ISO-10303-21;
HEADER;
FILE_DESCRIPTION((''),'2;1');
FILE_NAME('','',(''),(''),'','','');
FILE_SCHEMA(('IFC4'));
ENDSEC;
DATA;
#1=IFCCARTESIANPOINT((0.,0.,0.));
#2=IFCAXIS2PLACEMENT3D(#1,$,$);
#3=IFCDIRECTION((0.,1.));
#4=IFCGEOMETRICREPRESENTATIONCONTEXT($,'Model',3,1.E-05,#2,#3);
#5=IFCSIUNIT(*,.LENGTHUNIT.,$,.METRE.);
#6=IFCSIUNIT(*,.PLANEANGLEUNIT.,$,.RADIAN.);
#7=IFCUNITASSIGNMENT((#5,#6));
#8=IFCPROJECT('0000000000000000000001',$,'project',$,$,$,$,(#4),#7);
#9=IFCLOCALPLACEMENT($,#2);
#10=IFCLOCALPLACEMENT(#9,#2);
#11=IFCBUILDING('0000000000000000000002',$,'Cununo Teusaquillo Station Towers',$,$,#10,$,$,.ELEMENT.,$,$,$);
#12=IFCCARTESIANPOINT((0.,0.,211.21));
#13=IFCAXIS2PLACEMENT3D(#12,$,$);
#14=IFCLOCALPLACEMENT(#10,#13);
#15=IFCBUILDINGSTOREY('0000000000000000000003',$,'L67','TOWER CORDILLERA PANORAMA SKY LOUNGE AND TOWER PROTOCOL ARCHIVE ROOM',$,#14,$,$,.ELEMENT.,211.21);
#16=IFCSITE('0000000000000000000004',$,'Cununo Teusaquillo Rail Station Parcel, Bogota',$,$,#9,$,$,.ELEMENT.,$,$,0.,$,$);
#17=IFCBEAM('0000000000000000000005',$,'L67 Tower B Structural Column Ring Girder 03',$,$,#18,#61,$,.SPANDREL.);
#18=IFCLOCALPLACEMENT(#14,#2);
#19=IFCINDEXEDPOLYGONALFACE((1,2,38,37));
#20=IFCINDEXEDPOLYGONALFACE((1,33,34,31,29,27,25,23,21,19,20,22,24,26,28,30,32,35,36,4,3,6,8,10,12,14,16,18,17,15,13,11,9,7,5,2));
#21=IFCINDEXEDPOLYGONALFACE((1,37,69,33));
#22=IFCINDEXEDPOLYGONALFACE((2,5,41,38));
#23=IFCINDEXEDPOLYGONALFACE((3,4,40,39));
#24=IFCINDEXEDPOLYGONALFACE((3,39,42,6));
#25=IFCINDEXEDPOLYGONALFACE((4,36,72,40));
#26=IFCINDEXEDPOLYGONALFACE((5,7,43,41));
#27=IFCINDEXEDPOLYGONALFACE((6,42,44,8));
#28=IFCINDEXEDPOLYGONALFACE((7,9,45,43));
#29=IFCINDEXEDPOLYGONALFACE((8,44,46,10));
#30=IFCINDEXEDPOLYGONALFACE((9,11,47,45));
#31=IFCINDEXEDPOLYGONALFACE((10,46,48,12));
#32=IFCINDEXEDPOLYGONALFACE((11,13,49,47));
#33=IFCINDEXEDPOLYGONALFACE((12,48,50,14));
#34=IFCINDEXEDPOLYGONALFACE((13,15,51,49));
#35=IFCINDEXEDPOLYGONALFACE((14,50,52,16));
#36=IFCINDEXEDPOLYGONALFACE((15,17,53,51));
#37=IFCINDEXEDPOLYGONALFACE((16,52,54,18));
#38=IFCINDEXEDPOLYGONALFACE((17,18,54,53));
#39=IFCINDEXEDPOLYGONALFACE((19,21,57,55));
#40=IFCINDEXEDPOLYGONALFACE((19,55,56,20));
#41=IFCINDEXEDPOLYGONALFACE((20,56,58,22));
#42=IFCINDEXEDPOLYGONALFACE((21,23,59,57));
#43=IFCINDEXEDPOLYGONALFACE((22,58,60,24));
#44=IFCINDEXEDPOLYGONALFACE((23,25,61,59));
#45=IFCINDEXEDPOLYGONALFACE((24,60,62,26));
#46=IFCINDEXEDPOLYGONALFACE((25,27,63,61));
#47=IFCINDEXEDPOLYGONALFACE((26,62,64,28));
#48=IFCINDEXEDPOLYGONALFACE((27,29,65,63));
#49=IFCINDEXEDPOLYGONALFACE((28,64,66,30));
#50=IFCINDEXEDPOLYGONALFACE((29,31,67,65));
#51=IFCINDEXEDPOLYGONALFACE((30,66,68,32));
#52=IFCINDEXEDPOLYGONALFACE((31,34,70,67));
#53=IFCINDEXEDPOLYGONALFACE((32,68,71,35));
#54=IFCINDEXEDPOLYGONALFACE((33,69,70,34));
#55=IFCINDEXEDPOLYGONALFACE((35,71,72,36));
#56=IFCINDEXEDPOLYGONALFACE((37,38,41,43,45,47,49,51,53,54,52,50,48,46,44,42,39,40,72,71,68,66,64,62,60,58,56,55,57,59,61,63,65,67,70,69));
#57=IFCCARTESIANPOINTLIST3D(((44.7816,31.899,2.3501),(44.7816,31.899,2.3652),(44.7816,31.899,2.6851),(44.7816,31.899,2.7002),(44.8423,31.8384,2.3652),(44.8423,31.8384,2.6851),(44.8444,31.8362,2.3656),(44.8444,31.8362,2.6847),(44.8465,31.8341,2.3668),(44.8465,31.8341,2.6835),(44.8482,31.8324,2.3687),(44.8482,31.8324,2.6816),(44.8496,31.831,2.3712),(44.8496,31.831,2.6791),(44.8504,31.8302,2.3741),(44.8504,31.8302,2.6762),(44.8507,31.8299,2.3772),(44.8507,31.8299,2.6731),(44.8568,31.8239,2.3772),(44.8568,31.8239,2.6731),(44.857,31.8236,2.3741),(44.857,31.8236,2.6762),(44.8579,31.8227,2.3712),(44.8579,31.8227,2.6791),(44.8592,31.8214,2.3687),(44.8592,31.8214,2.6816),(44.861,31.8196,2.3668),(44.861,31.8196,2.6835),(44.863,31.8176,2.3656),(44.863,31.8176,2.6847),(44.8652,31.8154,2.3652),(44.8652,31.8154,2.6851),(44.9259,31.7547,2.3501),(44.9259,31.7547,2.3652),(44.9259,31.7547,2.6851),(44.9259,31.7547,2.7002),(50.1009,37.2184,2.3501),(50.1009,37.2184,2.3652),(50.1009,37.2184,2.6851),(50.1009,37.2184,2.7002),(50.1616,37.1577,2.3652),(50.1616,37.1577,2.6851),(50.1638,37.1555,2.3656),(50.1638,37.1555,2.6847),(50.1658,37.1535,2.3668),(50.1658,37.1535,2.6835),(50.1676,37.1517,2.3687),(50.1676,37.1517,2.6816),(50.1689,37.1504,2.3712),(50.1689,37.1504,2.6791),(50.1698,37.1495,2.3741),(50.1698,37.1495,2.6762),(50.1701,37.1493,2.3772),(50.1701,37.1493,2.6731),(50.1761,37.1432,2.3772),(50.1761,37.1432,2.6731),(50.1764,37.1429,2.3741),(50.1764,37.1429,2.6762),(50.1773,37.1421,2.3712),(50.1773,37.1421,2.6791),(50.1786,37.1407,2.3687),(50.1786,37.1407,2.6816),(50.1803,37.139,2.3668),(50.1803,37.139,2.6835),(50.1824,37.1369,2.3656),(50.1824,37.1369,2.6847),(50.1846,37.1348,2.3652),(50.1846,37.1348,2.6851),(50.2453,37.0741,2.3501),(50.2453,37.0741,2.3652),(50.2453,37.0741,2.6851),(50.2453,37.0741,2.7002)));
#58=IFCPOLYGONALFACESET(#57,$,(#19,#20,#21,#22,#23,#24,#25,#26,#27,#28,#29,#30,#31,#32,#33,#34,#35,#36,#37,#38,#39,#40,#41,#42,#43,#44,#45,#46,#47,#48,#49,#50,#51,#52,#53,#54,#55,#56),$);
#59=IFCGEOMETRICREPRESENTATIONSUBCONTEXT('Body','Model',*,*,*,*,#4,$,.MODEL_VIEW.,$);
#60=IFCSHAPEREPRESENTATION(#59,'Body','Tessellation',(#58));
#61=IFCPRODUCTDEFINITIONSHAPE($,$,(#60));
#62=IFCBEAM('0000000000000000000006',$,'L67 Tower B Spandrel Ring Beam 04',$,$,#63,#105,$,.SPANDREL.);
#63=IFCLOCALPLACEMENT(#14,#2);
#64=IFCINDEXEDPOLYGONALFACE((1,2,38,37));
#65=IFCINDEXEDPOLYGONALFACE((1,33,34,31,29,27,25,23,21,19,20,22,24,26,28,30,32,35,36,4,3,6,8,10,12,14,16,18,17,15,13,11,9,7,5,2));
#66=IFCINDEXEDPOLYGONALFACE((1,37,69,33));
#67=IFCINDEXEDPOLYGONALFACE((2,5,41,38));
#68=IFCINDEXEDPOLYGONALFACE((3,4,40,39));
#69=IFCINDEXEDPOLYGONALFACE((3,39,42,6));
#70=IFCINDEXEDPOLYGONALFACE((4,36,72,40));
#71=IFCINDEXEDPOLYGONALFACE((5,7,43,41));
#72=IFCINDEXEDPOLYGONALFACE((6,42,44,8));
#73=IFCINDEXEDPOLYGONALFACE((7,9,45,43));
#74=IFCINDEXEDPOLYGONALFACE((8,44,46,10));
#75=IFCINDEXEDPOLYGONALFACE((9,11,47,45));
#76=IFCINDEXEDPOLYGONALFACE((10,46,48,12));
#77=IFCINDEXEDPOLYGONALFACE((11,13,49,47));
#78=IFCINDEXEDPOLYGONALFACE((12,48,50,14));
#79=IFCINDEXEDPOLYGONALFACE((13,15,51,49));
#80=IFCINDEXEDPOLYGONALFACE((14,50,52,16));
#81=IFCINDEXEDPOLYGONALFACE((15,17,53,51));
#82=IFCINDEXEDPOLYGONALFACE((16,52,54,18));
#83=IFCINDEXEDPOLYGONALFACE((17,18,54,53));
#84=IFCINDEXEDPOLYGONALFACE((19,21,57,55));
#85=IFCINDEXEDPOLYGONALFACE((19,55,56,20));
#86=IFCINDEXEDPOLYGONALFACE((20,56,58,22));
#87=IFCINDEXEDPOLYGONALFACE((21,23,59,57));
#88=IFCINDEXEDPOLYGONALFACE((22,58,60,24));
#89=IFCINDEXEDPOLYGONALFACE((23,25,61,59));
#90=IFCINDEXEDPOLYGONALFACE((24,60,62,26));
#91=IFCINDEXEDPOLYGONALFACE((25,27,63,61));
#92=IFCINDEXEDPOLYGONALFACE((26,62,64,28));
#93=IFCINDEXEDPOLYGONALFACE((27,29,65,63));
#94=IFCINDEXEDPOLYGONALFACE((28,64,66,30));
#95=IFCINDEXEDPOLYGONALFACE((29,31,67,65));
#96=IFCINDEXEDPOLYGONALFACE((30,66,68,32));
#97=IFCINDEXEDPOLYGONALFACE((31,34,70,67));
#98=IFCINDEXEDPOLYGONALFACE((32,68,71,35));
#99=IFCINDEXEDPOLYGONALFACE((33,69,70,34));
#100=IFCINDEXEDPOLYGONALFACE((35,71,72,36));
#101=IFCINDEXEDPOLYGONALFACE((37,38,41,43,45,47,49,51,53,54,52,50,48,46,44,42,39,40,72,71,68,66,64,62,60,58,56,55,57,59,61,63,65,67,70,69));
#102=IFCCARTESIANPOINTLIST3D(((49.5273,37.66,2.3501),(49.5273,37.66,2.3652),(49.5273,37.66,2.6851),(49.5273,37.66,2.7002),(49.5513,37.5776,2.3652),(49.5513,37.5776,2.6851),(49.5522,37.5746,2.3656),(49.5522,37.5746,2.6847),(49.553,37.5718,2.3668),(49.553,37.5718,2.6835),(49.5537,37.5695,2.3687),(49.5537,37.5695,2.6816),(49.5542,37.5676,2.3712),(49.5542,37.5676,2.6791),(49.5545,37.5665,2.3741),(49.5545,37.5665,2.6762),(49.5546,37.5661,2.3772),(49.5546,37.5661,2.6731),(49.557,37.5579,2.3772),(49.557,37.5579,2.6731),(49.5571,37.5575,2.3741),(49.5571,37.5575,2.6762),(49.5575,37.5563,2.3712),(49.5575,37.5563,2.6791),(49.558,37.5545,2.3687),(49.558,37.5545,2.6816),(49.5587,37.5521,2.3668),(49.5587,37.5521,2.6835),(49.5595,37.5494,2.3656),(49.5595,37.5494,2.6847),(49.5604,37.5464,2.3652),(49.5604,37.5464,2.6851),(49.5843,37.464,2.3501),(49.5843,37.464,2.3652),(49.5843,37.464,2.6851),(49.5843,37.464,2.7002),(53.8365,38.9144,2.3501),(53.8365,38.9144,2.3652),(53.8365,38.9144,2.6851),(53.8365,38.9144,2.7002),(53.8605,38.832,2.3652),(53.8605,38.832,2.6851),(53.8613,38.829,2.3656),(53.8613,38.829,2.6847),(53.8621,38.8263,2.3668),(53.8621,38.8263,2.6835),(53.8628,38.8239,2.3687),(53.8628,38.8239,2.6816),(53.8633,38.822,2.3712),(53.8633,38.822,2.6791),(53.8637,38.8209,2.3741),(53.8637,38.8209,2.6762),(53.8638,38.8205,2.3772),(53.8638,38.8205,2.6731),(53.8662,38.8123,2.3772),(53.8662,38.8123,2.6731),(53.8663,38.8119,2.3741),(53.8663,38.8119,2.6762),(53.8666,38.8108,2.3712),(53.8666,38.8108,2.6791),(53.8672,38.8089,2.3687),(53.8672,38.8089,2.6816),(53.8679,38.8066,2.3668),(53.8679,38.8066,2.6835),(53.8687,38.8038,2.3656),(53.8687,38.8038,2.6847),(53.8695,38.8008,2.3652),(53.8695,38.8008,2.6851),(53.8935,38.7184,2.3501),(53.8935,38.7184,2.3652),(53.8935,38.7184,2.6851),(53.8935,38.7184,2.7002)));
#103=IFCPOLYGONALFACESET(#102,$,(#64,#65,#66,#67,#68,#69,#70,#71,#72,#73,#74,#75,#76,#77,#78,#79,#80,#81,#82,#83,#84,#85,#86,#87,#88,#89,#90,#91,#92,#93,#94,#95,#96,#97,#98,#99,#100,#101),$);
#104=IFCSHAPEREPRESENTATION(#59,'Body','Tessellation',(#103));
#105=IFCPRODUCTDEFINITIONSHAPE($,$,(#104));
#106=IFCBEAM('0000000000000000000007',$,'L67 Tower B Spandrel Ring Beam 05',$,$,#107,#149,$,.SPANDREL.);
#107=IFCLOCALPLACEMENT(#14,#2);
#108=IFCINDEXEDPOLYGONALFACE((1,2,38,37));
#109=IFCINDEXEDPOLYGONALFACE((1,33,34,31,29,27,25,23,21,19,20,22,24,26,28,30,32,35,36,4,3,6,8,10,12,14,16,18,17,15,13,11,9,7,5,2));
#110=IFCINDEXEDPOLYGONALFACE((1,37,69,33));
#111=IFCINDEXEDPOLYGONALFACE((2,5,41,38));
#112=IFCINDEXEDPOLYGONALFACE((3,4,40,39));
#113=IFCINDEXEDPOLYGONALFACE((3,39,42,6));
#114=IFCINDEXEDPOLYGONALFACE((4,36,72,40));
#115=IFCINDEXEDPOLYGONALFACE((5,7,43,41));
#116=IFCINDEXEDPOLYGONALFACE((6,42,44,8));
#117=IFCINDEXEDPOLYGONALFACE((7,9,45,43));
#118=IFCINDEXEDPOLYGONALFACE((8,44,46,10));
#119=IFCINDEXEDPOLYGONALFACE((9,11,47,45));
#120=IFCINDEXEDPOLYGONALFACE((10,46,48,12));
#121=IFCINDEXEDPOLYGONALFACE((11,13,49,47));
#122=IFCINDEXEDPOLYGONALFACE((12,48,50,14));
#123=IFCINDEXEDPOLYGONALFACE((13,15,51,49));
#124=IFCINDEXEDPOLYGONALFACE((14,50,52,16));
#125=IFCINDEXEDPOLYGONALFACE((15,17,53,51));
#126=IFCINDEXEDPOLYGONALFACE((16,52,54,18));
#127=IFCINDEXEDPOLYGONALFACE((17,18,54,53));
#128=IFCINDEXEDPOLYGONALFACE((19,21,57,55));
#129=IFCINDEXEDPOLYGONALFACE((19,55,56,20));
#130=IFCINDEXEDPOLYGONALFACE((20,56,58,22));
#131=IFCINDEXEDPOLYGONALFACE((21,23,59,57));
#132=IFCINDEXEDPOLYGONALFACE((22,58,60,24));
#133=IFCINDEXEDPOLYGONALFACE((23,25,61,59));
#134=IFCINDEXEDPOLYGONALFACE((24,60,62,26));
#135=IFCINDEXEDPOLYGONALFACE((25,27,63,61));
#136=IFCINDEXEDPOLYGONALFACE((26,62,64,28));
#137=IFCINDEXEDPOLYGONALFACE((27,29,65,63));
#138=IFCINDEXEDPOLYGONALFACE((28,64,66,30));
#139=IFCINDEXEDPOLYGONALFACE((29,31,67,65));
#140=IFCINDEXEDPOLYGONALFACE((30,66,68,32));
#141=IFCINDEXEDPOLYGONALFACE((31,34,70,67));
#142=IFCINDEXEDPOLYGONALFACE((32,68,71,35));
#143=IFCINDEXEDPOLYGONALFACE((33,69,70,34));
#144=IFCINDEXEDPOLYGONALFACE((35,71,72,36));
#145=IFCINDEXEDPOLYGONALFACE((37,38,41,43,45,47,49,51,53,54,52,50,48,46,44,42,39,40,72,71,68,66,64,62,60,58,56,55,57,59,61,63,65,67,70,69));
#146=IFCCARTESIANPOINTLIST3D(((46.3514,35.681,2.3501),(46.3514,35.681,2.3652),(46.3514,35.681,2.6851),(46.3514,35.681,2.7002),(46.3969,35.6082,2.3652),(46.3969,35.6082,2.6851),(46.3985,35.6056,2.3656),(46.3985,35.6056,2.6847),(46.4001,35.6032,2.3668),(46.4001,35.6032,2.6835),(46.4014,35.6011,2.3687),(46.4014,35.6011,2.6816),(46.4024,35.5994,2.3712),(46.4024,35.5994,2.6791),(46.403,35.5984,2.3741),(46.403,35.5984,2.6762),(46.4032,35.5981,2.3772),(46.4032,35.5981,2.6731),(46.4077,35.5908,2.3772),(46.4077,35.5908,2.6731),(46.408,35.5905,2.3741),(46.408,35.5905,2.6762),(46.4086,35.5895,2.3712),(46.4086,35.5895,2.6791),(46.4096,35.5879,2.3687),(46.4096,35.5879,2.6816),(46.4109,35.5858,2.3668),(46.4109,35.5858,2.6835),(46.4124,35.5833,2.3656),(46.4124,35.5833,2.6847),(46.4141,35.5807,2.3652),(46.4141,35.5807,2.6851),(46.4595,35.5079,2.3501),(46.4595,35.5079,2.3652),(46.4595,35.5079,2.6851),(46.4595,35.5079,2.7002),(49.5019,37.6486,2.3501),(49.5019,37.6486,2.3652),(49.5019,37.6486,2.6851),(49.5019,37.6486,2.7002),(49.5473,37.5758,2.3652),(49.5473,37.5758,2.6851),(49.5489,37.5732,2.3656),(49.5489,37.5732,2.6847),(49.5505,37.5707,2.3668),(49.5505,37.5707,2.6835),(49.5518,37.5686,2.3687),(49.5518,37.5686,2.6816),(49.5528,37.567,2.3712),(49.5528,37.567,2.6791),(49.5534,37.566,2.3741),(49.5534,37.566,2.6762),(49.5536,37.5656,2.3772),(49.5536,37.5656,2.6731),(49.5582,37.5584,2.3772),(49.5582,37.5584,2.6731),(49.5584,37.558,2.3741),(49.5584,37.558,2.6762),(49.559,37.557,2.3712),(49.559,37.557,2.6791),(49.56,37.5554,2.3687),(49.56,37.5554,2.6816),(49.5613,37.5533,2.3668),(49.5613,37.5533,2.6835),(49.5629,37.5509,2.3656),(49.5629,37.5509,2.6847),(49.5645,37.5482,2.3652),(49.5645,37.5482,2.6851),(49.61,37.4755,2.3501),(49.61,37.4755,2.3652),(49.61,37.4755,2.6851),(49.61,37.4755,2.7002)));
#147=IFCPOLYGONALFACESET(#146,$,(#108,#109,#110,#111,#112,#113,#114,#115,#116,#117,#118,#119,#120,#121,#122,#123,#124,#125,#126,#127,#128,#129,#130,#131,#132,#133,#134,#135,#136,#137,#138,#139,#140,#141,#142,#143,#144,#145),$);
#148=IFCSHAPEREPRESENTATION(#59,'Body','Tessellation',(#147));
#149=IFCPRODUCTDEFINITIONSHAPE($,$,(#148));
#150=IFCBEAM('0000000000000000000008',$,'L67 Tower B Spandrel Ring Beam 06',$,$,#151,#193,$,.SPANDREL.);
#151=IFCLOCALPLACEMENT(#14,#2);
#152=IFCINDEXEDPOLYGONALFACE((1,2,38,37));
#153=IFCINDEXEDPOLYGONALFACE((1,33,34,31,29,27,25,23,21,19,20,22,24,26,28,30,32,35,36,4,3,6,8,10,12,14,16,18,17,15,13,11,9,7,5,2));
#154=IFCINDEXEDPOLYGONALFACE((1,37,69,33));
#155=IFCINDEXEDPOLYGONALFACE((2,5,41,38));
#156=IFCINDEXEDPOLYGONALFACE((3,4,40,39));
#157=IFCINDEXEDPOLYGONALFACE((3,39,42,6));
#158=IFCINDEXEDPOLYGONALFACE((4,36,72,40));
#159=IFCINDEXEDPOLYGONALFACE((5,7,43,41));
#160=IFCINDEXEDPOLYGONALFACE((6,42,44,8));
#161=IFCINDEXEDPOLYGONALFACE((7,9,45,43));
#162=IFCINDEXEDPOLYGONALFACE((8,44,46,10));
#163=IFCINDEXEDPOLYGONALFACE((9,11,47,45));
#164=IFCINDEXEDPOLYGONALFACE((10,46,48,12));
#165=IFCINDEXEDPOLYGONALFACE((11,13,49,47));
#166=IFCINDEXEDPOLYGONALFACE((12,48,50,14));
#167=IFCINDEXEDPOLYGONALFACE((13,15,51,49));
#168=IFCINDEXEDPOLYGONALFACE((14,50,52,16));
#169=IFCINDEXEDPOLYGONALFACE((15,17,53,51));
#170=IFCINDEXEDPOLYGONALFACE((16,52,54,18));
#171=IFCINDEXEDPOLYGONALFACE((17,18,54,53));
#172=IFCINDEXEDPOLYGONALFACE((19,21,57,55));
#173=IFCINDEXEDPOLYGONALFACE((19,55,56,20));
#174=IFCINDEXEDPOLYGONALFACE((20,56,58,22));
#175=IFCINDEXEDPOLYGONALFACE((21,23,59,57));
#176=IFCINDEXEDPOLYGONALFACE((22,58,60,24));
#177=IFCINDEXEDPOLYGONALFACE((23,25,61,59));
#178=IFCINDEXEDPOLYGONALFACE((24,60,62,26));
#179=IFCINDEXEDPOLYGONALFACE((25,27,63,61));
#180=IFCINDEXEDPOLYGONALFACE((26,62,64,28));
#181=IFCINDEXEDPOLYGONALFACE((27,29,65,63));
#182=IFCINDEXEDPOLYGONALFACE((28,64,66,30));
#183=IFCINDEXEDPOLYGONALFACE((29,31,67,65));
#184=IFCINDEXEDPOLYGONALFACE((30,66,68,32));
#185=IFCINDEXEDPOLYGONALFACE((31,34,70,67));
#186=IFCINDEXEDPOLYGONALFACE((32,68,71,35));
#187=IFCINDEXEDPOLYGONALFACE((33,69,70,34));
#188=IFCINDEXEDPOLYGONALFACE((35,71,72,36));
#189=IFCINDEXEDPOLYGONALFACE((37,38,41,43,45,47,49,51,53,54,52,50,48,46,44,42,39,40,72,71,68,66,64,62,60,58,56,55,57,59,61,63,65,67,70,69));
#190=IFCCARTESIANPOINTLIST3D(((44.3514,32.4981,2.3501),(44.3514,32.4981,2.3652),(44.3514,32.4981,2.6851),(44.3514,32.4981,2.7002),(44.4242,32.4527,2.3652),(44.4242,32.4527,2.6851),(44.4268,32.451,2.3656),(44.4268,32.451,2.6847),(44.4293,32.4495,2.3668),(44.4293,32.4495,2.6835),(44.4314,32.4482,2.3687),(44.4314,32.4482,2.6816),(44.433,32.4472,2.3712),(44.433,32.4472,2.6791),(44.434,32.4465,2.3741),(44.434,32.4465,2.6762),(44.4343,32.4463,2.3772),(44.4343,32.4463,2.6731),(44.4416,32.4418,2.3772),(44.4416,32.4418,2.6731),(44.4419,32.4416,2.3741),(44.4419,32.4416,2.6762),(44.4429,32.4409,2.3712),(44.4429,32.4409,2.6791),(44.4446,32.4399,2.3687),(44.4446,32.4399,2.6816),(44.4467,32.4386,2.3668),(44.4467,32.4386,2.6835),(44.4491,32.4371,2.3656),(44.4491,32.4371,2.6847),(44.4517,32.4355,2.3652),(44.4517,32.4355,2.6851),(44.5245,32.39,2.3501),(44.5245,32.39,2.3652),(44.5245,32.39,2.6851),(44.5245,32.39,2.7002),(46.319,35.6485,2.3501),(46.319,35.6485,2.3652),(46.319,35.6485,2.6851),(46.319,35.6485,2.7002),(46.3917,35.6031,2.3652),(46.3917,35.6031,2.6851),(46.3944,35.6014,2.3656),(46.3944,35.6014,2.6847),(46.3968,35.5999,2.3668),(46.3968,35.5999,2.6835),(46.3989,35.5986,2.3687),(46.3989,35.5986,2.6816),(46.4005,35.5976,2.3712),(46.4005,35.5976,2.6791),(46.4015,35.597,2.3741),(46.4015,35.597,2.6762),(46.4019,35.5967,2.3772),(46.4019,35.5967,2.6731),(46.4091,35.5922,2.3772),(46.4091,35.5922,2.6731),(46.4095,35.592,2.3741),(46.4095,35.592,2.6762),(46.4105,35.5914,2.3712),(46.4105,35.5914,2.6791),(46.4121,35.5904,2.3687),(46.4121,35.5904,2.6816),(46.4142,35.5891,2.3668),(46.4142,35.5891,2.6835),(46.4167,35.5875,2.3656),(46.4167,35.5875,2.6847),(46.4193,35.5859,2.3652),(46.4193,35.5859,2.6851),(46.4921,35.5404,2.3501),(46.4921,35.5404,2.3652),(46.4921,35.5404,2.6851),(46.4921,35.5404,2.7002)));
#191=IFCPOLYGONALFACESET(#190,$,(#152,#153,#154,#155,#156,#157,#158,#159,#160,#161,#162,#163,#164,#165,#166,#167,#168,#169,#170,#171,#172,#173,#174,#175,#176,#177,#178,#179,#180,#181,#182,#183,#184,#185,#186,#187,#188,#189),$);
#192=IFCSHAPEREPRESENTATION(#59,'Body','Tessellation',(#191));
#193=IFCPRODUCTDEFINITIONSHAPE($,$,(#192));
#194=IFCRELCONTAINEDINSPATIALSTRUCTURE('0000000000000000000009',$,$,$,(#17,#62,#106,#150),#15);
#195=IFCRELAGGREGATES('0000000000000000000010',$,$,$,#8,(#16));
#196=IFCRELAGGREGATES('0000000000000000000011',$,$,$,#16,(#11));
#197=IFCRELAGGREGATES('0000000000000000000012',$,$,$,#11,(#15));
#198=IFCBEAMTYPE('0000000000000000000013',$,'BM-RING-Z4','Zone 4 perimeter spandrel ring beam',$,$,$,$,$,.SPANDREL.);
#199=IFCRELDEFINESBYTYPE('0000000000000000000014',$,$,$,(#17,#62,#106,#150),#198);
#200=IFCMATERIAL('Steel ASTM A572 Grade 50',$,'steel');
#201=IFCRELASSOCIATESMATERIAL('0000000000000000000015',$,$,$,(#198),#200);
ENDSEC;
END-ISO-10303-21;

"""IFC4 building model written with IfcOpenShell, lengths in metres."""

from ifc_helpers import new_model, si_unit, direction, frame, origin, origin_2d, place, context, subcontext, project, spatial, i_section, extrude, material, material_profile, profile_set, type_object, element, save


model = new_model("IFC4")

# Units and contexts
model_context = context("Model", 3, precision=1e-05, world=origin(), true_north=direction((0.0, 1.0)))
body_context = subcontext(model_context, "Body", "Model", "MODEL_VIEW")
ifc_project = project(units=[si_unit("LENGTHUNIT", "METRE"), si_unit("PLANEANGLEUNIT", "RADIAN")], contexts=[model_context])

# Site, building, storey
site_placement = place(None, origin())
site = spatial("IfcSite", under=ifc_project, at=site_placement, Name="Cununo Teusaquillo Rail Station Parcel, Bogota", CompositionType="ELEMENT", RefElevation=0.0)
building_placement = place(site_placement, origin())
building = spatial("IfcBuilding", under=site, at=building_placement, Name="Cununo Teusaquillo Station Towers", CompositionType="ELEMENT")
storey_placement = place(building_placement, frame((0.0, 0.0, 211.21)))
storey = spatial("IfcBuildingStorey", under=building, at=storey_placement, Name="L67", Description="TOWER CORDILLERA PANORAMA SKY LOUNGE AND TOWER PROTOCOL ARCHIVE ROOM", CompositionType="ELEMENT", Elevation=211.21)

# Beams
ifc_material_1 = material(Name="Steel ASTM A572 Grade 50", Category="steel")
ifc_material_profile_1 = material_profile(ifc_material_1, i_section(OverallWidth=0.2041, OverallDepth=0.3501, WebThickness=0.0085, FlangeThickness=0.0151, FilletRadius=0.012, at=origin_2d()), Name="W14X48")
ifc_profile_set_1 = profile_set([ifc_material_profile_1], Name="Steel ASTM A572 Grade 50")
beam_type_1 = type_object("IfcBeamType", Name="BM-RING-Z4", Description="Zone 4 perimeter spandrel ring beam", PredefinedType="SPANDREL", material=ifc_profile_set_1)
beam_1_placement = place(storey_placement, frame((50.1731, 37.1462, 2.5251), z_axis=(-0.707107, -0.707107, 0.0), x_axis=(0.707107, -0.707107, 0.0)))
element("IfcBeam", 1, at=beam_1_placement, inside=storey, type_object=beam_type_1, Name="L67 Tower B Structural Column Ring Girder 03", PredefinedType="SPANDREL", context=body_context, shape_type="SweptSolid", body=[
    extrude(i_section(OverallWidth=0.2041, OverallDepth=0.3501, WebThickness=0.0085, FlangeThickness=0.0151, FilletRadius=0.012, at=origin_2d()), origin(), (0.0, 0.0, 1.0), 7.5227),
])
beam_2_placement = place(storey_placement, frame((53.865, 38.8164, 2.5251), z_axis=(-0.960145, -0.279503, 0.0), x_axis=(0.279503, -0.960145, 0.0)))
element("IfcBeam", 2, at=beam_2_placement, inside=storey, type_object=beam_type_1, Name="L67 Tower B Spandrel Ring Beam 04", PredefinedType="SPANDREL", context=body_context, shape_type="SweptSolid", body=[
    extrude(i_section(OverallWidth=0.2041, OverallDepth=0.3501, WebThickness=0.0085, FlangeThickness=0.0151, FilletRadius=0.012, at=origin_2d()), origin(), (0.0, 0.0, 1.0), 4.488),
])
for number, where, z_axis, x_axis, name in (
    (3, (49.5559, 37.562, 2.5251), (-0.848176, -0.529715, 0.0), (0.529715, -0.848176, 0.0), "L67 Tower B Spandrel Ring Beam 05"),
    (4, (46.4055, 35.5945, 2.5251), (-0.529715, -0.848176, 0.0), (0.848176, -0.529715, 0.0), "L67 Tower B Spandrel Ring Beam 06"),
):
    element("IfcBeam", number, at=place(storey_placement, frame(where, z_axis=z_axis, x_axis=x_axis)), inside=storey, type_object=beam_type_1, Name=name, PredefinedType="SPANDREL", context=body_context, shape_type="SweptSolid", body=[
        extrude(i_section(OverallWidth=0.2041, OverallDepth=0.3501, WebThickness=0.0085, FlangeThickness=0.0151, FilletRadius=0.012, at=origin_2d()), origin(), (0.0, 0.0, 1.0), 3.7144),
    ])

save(model, "model.ifc")
